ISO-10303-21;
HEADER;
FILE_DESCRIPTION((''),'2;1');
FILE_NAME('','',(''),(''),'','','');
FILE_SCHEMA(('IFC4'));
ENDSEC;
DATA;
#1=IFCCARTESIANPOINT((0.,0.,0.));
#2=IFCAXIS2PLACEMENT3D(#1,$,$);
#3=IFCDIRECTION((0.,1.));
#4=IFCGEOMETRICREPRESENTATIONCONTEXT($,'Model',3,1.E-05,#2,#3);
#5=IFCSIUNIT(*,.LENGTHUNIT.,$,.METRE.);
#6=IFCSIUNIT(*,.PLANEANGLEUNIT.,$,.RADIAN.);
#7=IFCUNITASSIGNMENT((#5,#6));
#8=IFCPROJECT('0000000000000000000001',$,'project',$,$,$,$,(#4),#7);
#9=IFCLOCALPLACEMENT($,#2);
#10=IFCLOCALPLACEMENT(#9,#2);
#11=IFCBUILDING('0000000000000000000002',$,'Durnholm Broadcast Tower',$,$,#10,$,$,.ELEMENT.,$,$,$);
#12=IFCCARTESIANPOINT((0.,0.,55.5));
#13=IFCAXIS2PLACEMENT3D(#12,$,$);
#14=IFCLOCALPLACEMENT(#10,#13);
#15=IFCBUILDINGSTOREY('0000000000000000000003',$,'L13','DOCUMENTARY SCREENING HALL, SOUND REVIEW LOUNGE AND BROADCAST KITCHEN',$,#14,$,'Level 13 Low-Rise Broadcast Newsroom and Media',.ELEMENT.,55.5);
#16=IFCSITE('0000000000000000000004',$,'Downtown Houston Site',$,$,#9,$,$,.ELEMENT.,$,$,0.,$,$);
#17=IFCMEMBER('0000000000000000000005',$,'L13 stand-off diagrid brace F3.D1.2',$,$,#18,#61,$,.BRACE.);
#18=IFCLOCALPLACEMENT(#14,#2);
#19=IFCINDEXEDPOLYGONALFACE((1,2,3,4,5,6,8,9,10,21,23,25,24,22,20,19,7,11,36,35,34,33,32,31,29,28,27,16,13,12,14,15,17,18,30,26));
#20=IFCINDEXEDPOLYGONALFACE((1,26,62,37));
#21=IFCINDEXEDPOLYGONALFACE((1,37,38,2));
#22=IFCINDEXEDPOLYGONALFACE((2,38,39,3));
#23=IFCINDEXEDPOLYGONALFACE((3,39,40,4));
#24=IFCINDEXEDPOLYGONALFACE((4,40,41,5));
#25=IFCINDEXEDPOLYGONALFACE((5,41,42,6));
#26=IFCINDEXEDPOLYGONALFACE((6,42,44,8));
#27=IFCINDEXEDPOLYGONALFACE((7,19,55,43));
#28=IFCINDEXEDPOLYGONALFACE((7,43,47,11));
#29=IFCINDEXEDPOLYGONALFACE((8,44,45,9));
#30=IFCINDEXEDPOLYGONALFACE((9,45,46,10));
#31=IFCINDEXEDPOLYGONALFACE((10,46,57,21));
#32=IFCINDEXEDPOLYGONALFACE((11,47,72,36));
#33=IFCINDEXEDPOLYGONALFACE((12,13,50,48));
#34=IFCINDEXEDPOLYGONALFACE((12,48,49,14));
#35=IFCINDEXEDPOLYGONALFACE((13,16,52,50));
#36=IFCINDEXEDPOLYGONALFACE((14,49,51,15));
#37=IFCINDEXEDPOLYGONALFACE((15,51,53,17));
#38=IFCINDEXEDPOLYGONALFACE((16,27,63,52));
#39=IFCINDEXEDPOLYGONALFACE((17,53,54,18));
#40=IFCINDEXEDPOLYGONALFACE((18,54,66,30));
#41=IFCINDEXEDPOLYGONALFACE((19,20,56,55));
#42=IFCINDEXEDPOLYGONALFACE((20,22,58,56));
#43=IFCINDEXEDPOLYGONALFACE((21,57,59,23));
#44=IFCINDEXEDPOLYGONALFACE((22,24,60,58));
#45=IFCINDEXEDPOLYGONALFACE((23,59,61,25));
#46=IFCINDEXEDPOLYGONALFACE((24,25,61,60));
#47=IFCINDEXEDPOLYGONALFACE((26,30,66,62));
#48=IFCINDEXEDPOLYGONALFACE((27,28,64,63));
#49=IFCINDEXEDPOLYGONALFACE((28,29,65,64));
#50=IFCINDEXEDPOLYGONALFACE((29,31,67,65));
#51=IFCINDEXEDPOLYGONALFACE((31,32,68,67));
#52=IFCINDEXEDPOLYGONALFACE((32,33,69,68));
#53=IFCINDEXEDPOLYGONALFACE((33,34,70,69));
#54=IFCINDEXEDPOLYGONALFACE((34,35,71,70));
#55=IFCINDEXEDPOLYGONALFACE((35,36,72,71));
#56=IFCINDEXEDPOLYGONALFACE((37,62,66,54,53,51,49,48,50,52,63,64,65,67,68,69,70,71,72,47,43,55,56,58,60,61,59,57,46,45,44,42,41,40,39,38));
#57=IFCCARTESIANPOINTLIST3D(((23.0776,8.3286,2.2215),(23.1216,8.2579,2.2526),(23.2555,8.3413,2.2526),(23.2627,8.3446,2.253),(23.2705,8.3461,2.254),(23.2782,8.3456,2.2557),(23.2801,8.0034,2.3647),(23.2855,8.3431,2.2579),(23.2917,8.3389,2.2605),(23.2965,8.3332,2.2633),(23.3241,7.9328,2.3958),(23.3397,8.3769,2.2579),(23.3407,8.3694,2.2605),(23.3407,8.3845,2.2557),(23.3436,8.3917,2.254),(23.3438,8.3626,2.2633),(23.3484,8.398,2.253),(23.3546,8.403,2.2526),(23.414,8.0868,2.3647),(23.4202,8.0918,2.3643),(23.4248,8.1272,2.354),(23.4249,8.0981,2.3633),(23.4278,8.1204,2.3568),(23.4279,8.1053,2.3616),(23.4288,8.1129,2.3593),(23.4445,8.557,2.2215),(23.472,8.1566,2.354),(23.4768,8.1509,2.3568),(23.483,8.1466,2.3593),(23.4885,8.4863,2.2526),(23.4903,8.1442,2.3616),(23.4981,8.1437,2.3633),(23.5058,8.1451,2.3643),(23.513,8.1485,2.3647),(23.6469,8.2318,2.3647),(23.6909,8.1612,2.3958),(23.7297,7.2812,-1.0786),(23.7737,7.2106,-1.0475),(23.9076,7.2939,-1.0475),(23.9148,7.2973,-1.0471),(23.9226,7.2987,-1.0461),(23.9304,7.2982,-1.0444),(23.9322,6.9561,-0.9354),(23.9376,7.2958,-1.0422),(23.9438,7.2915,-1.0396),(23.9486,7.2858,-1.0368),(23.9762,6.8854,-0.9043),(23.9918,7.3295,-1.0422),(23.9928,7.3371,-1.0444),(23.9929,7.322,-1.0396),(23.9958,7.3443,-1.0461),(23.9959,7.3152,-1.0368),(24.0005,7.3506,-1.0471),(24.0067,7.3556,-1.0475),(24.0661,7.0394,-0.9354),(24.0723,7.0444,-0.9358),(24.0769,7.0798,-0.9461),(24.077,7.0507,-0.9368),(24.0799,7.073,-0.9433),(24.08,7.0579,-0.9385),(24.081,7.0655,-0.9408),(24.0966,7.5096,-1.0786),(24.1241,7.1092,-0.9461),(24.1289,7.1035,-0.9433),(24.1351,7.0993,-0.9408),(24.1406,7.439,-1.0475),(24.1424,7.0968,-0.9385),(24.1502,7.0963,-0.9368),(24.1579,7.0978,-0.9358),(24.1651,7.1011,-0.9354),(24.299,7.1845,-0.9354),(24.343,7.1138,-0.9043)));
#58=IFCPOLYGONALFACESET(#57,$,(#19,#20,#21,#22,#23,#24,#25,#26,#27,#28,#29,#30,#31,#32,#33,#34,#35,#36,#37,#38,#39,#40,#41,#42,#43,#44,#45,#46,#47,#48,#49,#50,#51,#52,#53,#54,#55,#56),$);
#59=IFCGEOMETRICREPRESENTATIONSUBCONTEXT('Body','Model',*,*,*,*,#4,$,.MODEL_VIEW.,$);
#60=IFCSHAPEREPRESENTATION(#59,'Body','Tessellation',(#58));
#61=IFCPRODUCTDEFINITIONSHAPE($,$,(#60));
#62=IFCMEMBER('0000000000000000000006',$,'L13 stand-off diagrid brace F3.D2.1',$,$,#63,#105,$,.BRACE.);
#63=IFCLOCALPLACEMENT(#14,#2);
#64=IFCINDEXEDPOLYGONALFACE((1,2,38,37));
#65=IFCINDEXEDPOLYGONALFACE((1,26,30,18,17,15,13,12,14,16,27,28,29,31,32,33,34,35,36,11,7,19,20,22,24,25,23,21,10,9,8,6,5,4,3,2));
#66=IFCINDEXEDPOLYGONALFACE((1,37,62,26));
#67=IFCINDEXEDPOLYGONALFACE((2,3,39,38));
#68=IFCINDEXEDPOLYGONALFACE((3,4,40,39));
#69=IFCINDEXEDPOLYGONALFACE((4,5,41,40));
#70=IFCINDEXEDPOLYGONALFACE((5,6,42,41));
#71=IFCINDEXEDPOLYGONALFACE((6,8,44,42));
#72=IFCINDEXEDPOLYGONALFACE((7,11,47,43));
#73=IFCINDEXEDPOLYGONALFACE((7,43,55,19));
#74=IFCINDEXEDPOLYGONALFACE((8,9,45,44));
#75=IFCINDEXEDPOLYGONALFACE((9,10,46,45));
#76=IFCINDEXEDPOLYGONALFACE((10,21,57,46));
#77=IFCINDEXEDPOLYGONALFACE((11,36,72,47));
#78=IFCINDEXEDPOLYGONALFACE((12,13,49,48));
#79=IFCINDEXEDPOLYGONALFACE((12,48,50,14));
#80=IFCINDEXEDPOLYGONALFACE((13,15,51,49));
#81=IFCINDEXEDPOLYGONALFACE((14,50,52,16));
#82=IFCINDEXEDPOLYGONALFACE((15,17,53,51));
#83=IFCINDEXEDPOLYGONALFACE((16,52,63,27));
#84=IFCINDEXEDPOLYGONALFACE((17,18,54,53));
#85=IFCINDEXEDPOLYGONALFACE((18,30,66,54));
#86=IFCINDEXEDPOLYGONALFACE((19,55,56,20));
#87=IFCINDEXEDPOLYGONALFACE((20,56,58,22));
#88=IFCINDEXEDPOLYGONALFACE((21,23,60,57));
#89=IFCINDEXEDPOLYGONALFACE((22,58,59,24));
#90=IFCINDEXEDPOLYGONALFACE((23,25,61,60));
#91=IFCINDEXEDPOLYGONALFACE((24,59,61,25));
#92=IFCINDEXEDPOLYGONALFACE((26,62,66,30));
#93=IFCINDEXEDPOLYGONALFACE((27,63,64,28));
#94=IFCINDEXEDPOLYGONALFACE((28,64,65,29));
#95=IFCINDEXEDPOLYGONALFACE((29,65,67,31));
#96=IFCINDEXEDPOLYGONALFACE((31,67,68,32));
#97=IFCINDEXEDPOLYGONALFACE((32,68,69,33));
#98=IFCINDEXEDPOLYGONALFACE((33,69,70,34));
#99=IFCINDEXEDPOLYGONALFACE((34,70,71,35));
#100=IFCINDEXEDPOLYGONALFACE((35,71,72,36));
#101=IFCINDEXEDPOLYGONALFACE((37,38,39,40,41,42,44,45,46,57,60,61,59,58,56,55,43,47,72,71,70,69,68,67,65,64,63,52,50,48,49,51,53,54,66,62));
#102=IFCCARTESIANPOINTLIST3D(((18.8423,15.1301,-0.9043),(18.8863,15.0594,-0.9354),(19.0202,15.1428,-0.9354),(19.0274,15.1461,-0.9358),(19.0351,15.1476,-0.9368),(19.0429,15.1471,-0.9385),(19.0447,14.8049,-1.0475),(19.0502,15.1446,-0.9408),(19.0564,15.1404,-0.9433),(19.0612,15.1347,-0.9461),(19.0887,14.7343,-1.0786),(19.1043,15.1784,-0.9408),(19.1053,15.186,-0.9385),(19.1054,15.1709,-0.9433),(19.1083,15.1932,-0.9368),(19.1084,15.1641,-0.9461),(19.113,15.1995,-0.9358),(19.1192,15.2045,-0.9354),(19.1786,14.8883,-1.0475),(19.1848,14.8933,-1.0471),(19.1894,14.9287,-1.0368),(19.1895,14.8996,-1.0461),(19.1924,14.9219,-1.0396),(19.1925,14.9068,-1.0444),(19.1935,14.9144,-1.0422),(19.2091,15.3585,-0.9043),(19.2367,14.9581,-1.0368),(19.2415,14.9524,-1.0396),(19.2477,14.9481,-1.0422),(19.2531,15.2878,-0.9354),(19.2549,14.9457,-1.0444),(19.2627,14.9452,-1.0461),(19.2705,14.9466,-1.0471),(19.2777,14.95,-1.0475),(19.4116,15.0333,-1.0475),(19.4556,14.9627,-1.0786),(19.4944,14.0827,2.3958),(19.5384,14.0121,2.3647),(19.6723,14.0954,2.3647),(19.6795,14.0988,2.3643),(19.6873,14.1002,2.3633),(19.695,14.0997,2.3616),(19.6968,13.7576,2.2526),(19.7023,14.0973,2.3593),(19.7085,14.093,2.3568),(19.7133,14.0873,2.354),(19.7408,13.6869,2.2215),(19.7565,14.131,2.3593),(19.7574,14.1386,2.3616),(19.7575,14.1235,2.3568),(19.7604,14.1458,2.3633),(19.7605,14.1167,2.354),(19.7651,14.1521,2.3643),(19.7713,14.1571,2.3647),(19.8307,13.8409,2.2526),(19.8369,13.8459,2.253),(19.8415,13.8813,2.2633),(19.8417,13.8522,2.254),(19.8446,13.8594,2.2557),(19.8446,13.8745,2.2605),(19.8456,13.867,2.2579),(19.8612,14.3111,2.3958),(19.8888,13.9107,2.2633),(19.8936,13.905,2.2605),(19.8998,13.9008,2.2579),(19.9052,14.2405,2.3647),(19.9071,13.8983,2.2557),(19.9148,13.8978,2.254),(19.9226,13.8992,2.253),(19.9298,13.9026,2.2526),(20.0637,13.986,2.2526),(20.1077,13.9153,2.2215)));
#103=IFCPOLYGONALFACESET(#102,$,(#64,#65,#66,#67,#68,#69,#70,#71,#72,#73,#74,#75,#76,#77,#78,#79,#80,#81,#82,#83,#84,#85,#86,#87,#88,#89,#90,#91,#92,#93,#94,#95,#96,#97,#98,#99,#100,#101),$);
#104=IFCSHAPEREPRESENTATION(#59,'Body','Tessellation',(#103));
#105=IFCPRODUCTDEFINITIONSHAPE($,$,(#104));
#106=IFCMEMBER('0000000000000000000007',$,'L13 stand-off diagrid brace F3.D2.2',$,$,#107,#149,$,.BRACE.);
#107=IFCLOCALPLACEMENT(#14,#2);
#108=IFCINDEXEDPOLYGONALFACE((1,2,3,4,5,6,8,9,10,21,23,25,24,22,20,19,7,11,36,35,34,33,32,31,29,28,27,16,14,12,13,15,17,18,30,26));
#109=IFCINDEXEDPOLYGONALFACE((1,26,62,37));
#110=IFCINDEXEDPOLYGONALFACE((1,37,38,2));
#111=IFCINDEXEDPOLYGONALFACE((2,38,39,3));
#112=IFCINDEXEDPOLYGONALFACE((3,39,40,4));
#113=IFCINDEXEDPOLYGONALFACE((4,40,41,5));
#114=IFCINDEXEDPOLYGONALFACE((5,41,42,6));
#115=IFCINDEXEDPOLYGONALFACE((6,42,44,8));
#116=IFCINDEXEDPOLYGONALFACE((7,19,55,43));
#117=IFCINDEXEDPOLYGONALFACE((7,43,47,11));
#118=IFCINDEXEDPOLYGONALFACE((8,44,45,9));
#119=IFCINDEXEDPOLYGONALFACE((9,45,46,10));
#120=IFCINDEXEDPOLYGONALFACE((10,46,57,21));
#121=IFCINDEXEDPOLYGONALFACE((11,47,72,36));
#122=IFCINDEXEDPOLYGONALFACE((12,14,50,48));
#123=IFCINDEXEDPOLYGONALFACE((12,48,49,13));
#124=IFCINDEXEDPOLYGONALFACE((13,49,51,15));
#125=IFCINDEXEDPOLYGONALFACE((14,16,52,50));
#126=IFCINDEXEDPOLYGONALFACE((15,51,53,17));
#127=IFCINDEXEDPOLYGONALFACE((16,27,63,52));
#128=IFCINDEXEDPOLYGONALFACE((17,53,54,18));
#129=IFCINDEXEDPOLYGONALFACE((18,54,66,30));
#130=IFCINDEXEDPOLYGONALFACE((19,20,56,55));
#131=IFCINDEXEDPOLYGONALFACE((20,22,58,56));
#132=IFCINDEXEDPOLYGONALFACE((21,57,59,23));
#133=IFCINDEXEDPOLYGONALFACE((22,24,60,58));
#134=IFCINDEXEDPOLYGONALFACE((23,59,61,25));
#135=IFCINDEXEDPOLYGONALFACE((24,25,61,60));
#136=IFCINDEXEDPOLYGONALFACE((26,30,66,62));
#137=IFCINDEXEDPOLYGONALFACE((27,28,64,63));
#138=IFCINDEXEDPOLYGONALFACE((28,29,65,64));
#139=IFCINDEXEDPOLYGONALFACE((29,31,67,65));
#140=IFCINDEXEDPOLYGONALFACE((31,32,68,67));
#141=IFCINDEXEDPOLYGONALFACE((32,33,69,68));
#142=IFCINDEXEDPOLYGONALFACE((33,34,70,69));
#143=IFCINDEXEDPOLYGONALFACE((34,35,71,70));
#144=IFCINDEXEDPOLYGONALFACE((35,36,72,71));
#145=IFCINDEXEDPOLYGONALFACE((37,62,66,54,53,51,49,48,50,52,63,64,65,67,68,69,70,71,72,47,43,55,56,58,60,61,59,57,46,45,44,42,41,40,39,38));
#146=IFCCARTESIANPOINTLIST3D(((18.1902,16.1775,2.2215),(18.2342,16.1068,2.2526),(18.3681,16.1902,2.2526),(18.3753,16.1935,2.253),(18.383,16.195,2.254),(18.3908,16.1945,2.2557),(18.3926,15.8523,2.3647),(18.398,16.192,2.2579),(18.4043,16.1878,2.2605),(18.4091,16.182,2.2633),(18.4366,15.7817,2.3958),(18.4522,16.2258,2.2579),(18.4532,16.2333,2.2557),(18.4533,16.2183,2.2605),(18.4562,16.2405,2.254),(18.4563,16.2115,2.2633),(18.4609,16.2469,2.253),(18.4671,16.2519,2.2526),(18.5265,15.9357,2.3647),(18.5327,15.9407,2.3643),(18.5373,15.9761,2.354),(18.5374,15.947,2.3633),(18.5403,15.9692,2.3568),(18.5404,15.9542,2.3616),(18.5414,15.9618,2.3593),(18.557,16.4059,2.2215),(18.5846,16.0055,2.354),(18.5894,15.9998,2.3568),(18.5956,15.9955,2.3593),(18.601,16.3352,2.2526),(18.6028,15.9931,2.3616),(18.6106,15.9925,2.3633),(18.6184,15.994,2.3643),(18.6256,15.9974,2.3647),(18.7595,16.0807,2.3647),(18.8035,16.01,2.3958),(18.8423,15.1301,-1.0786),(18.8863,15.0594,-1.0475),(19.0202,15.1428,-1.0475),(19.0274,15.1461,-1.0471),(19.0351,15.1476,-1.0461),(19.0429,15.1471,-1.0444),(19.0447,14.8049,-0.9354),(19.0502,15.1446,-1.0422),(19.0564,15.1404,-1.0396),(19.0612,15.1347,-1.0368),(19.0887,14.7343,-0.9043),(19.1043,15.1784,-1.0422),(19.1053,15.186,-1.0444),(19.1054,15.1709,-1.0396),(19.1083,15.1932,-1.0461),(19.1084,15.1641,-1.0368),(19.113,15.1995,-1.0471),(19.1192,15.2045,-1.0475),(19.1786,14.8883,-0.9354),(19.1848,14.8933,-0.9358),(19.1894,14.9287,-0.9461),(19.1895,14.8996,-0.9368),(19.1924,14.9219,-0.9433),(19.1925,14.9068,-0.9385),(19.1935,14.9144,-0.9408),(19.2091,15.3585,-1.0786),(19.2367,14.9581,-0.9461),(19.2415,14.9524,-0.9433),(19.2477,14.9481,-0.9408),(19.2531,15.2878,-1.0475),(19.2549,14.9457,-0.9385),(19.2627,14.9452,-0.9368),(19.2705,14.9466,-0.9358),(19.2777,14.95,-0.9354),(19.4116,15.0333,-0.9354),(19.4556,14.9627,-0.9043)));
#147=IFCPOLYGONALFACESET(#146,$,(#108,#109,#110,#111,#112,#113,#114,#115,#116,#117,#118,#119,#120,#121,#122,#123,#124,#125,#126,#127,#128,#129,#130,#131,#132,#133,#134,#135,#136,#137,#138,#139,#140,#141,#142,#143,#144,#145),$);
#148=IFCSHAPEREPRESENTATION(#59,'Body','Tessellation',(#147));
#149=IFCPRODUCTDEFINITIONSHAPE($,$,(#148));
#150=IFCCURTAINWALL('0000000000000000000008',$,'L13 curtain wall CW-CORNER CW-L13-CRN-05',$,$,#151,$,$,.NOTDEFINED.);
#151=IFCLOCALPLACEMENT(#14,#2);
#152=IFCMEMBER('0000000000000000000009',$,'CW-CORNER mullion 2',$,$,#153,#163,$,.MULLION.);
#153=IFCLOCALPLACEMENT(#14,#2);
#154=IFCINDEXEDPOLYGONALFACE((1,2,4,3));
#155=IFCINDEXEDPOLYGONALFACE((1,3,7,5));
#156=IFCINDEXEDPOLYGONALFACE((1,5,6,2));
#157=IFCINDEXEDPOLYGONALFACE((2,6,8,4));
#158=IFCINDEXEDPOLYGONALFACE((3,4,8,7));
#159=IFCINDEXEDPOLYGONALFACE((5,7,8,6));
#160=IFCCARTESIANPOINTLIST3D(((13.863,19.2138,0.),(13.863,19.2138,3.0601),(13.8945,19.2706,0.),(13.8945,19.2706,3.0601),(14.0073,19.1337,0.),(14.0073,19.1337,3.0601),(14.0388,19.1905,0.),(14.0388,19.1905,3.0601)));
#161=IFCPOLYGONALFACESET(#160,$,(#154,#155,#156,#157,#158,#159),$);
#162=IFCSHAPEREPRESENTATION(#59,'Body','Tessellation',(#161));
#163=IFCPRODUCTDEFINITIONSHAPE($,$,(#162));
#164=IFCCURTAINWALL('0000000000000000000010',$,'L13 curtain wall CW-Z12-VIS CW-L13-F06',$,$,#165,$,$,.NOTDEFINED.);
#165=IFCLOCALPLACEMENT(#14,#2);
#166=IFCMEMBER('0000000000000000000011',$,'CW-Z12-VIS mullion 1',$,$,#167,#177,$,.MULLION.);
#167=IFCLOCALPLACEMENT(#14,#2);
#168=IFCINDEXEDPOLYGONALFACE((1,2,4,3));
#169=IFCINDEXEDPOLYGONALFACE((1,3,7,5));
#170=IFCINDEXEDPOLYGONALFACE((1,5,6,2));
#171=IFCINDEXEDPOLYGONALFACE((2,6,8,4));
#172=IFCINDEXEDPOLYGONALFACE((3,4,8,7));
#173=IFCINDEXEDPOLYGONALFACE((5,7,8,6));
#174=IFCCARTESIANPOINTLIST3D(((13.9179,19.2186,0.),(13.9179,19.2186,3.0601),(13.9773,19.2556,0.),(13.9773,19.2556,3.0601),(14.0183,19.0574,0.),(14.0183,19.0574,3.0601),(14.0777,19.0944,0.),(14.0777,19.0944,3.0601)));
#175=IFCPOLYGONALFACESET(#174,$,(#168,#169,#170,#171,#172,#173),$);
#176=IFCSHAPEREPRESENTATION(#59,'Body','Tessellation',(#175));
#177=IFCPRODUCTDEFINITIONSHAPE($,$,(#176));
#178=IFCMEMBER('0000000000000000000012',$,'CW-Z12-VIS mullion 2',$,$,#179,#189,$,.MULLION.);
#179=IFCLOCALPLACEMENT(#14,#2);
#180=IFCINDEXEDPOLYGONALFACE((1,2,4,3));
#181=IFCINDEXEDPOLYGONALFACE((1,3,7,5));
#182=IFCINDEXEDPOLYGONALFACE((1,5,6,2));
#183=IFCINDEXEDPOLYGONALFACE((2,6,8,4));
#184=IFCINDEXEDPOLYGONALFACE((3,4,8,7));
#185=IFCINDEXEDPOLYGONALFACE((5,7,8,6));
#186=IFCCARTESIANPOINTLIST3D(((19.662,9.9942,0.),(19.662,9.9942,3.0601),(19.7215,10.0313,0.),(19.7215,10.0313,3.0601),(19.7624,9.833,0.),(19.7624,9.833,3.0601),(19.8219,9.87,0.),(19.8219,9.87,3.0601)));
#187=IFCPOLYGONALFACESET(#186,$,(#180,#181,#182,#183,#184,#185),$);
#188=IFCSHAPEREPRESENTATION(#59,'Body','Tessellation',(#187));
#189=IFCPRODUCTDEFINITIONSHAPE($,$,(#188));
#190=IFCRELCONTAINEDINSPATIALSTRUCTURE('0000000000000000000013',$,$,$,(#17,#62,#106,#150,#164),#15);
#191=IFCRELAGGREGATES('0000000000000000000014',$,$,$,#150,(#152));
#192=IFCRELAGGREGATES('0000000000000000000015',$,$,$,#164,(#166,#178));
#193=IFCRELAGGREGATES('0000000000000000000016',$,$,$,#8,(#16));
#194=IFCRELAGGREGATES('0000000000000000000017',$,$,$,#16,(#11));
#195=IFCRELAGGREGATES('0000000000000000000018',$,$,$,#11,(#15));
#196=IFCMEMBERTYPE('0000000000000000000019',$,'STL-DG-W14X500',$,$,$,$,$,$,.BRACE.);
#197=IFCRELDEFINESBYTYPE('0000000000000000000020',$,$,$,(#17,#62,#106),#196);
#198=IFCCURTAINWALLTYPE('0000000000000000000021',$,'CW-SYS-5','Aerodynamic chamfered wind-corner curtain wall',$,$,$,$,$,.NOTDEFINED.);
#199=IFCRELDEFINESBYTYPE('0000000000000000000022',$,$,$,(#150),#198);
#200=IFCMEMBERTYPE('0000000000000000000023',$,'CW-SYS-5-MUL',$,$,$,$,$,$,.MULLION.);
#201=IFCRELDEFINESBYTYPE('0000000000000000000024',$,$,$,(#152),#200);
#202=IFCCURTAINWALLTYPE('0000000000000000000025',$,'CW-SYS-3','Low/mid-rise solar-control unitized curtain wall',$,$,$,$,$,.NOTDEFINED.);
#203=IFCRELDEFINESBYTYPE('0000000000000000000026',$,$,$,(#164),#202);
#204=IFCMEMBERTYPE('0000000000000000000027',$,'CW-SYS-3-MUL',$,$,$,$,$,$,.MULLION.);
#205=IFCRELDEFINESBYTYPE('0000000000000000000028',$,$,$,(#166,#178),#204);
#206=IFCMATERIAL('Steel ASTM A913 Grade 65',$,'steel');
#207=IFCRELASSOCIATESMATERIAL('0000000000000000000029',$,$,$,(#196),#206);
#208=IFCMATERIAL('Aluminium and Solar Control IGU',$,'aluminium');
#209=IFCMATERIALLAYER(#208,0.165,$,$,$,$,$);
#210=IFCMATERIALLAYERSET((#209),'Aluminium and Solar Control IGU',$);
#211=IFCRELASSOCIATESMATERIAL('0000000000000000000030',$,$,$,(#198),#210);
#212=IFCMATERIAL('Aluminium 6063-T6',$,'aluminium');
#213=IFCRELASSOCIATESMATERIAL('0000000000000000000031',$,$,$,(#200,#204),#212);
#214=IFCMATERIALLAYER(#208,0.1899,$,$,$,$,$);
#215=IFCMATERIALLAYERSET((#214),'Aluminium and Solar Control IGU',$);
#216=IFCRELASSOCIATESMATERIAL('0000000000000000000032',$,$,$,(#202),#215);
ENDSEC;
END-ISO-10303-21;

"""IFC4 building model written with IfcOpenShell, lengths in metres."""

from ifc_helpers import new_model, si_unit, direction, frame, origin, origin_2d, place, context, subcontext, project, spatial, rectangle, i_section, extrude, source, transform, mapped, material, layer, layer_set, material_profile, profile_set, type_object, type_shapes, element, aggregate, save


model = new_model("IFC4")

# Units and contexts
model_context = context("Model", 3, precision=1e-05, world=origin(), true_north=direction((0.0, 1.0)))
body_context = subcontext(model_context, "Body", "Model", "MODEL_VIEW")
ifc_project = project(units=[si_unit("LENGTHUNIT", "METRE"), si_unit("PLANEANGLEUNIT", "RADIAN")], contexts=[model_context])

# Site, building, storey
site_placement = place(None, origin())
site = spatial("IfcSite", under=ifc_project, at=site_placement, Name="Downtown Houston Site", CompositionType="ELEMENT", RefElevation=0.0)
building_placement = place(site_placement, origin())
building = spatial("IfcBuilding", under=site, at=building_placement, Name="Durnholm Broadcast Tower", CompositionType="ELEMENT")
storey_placement = place(building_placement, frame((0.0, 0.0, 55.5)))
storey = spatial("IfcBuildingStorey", under=building, at=storey_placement, Name="L13", Description="DOCUMENTARY SCREENING HALL, SOUND REVIEW LOUNGE AND BROADCAST KITCHEN", LongName="Level 13 Low-Rise Broadcast Newsroom and Media", CompositionType="ELEMENT", Elevation=55.5)

# Members
ifc_material_1 = material(Name="Steel ASTM A913 Grade 65", Category="steel")
ifc_material_profile_1 = material_profile(ifc_material_1, i_section(OverallWidth=0.4321, OverallDepth=0.4978, WebThickness=0.0557, FlangeThickness=0.0889, FilletRadius=0.0305, at=origin_2d()), Name="W14X500")
ifc_profile_set_1 = profile_set([ifc_material_profile_1], Name="Steel ASTM A913 Grade 65")
member_type_1 = type_object("IfcMemberType", Name="STL-DG-W14X500", PredefinedType="BRACE", material=ifc_profile_set_1)
shared_shape_1 = source(origin(), body_context, "Body", "SweptSolid", [
    extrude(i_section(OverallWidth=0.4321, OverallDepth=0.4978, WebThickness=0.0557, FlangeThickness=0.0889, FilletRadius=0.0305, at=origin_2d()), origin(), (0.0, 0.0, 1.0), 3.5232),
])
type_shapes(member_type_1, [shared_shape_1])
for number, where, z_axis, x_axis, name in (
    (1, (24.0364, 7.1975, -0.9915), (-0.18509, 0.297281, 0.936678), (-0.848909, -0.52854, 0.0), "L13 stand-off diagrid brace F3.D1.2"),
    (2, (19.1489, 15.0464, -0.9915), (0.18509, -0.297281, 0.936678), (0.848909, 0.52854, 0.0), "L13 stand-off diagrid brace F3.D2.1"),
    (3, (19.1489, 15.0464, -0.9915), (-0.18509, 0.297281, 0.936678), (-0.848909, -0.52854, 0.0), "L13 stand-off diagrid brace F3.D2.2"),
):
    element("IfcMember", number, at=place(storey_placement, frame(where, z_axis=z_axis, x_axis=x_axis)), inside=storey, type_object=member_type_1, Name=name, PredefinedType="BRACE", context=body_context, shape_type="MappedRepresentation", body=[
        mapped(shared_shape_1, transform((0.0, 0.0, 0.0), x_axis=(1.0, 0.0, 0.0), y_axis=(0.0, 1.0, 0.0), z_axis=(0.0, 0.0, 1.0), scale=1.0)),
    ])

# Curtain wall, member
ifc_material_2 = material(Name="Aluminium and Solar Control IGU", Category="aluminium")
ifc_layer_1 = layer(ifc_material_2, 0.165)
ifc_layer_set_1 = layer_set([ifc_layer_1], Name="Aluminium and Solar Control IGU")
curtain_wall_type_1 = type_object("IfcCurtainWallType", Name="CW-SYS-5", Description="Aerodynamic chamfered wind-corner curtain wall", PredefinedType="NOTDEFINED", material=ifc_layer_set_1)
curtain_wall_1_placement = place(storey_placement, origin())
curtain_wall_1 = element("IfcCurtainWall", 4, at=curtain_wall_1_placement, inside=storey, type_object=curtain_wall_type_1, Name="L13 curtain wall CW-CORNER CW-L13-CRN-05", PredefinedType="NOTDEFINED")
ifc_material_3 = material(Name="Aluminium 6063-T6", Category="aluminium")
ifc_material_profile_2 = material_profile(ifc_material_3, rectangle(XDim=0.0649, YDim=0.165, at=origin_2d()), Name="CWM65X165")
ifc_profile_set_2 = profile_set([ifc_material_profile_2], Name="Aluminium 6063-T6")
member_type_2 = type_object("IfcMemberType", Name="CW-SYS-5-MUL", PredefinedType="MULLION", material=ifc_profile_set_2)
shared_shape_2 = source(origin(), body_context, "Body", "SweptSolid", [
    extrude(rectangle(XDim=0.0649, YDim=0.165, at=origin_2d()), origin(), (0.0, 0.0, 1.0), 3.0601),
])
type_shapes(member_type_2, [shared_shape_2])
member_1_placement = place(storey_placement, frame((13.9509, 19.2021, 0.0), z_axis=(0.0, 0.0, 1.0), x_axis=(0.485483, 0.874246, 0.0)))
member_1 = element("IfcMember", 5, at=member_1_placement, type_object=member_type_2, Name="CW-CORNER mullion 2", PredefinedType="MULLION", context=body_context, shape_type="MappedRepresentation", body=[
    mapped(shared_shape_2, transform((0.0, 0.0, 0.0), x_axis=(1.0, 0.0, 0.0), y_axis=(0.0, 1.0, 0.0), z_axis=(0.0, 0.0, 1.0), scale=1.0)),
])

# Curtain wall, members
ifc_layer_2 = layer(ifc_material_2, 0.1899)
ifc_layer_set_2 = layer_set([ifc_layer_2], Name="Aluminium and Solar Control IGU")
curtain_wall_type_2 = type_object("IfcCurtainWallType", Name="CW-SYS-3", Description="Low/mid-rise solar-control unitized curtain wall", PredefinedType="NOTDEFINED", material=ifc_layer_set_2)
curtain_wall_2_placement = place(storey_placement, origin())
curtain_wall_2 = element("IfcCurtainWall", 6, at=curtain_wall_2_placement, inside=storey, type_object=curtain_wall_type_2, Name="L13 curtain wall CW-Z12-VIS CW-L13-F06", PredefinedType="NOTDEFINED")
ifc_material_profile_3 = material_profile(ifc_material_3, rectangle(XDim=0.0701, YDim=0.1899, at=origin_2d()), Name="CWM70X190")
ifc_profile_set_3 = profile_set([ifc_material_profile_3], Name="Aluminium 6063-T6")
member_type_3 = type_object("IfcMemberType", Name="CW-SYS-3-MUL", PredefinedType="MULLION", material=ifc_profile_set_3)
shared_shape_3 = source(origin(), body_context, "Body", "SweptSolid", [
    extrude(rectangle(XDim=0.0701, YDim=0.1899, at=origin_2d()), origin(), (0.0, 0.0, 1.0), 3.0601),
])
type_shapes(member_type_3, [shared_shape_3])
member_2_placement = place(storey_placement, frame((13.9978, 19.1565, 0.0), z_axis=(0.0, 0.0, 1.0), x_axis=(0.848876, 0.528592, 0.0)))
member_2 = element("IfcMember", 7, at=member_2_placement, type_object=member_type_3, Name="CW-Z12-VIS mullion 1", PredefinedType="MULLION", context=body_context, shape_type="MappedRepresentation", body=[
    mapped(shared_shape_3, transform((0.0, 0.0, 0.0), x_axis=(1.0, 0.0, 0.0), y_axis=(0.0, 1.0, 0.0), z_axis=(0.0, 0.0, 1.0), scale=1.0)),
])
member_3_placement = place(storey_placement, frame((19.7419, 9.9321, 0.0), z_axis=(0.0, 0.0, 1.0), x_axis=(0.848876, 0.528592, 0.0)))
member_3 = element("IfcMember", 8, at=member_3_placement, type_object=member_type_3, Name="CW-Z12-VIS mullion 2", PredefinedType="MULLION", context=body_context, shape_type="MappedRepresentation", body=[
    mapped(shared_shape_3, transform((0.0, 0.0, 0.0), x_axis=(1.0, 0.0, 0.0), y_axis=(0.0, 1.0, 0.0), z_axis=(0.0, 0.0, 1.0), scale=1.0)),
])

aggregate(curtain_wall_1, [member_1])
aggregate(curtain_wall_2, [member_2, member_3])

save(model, "model.ifc")
